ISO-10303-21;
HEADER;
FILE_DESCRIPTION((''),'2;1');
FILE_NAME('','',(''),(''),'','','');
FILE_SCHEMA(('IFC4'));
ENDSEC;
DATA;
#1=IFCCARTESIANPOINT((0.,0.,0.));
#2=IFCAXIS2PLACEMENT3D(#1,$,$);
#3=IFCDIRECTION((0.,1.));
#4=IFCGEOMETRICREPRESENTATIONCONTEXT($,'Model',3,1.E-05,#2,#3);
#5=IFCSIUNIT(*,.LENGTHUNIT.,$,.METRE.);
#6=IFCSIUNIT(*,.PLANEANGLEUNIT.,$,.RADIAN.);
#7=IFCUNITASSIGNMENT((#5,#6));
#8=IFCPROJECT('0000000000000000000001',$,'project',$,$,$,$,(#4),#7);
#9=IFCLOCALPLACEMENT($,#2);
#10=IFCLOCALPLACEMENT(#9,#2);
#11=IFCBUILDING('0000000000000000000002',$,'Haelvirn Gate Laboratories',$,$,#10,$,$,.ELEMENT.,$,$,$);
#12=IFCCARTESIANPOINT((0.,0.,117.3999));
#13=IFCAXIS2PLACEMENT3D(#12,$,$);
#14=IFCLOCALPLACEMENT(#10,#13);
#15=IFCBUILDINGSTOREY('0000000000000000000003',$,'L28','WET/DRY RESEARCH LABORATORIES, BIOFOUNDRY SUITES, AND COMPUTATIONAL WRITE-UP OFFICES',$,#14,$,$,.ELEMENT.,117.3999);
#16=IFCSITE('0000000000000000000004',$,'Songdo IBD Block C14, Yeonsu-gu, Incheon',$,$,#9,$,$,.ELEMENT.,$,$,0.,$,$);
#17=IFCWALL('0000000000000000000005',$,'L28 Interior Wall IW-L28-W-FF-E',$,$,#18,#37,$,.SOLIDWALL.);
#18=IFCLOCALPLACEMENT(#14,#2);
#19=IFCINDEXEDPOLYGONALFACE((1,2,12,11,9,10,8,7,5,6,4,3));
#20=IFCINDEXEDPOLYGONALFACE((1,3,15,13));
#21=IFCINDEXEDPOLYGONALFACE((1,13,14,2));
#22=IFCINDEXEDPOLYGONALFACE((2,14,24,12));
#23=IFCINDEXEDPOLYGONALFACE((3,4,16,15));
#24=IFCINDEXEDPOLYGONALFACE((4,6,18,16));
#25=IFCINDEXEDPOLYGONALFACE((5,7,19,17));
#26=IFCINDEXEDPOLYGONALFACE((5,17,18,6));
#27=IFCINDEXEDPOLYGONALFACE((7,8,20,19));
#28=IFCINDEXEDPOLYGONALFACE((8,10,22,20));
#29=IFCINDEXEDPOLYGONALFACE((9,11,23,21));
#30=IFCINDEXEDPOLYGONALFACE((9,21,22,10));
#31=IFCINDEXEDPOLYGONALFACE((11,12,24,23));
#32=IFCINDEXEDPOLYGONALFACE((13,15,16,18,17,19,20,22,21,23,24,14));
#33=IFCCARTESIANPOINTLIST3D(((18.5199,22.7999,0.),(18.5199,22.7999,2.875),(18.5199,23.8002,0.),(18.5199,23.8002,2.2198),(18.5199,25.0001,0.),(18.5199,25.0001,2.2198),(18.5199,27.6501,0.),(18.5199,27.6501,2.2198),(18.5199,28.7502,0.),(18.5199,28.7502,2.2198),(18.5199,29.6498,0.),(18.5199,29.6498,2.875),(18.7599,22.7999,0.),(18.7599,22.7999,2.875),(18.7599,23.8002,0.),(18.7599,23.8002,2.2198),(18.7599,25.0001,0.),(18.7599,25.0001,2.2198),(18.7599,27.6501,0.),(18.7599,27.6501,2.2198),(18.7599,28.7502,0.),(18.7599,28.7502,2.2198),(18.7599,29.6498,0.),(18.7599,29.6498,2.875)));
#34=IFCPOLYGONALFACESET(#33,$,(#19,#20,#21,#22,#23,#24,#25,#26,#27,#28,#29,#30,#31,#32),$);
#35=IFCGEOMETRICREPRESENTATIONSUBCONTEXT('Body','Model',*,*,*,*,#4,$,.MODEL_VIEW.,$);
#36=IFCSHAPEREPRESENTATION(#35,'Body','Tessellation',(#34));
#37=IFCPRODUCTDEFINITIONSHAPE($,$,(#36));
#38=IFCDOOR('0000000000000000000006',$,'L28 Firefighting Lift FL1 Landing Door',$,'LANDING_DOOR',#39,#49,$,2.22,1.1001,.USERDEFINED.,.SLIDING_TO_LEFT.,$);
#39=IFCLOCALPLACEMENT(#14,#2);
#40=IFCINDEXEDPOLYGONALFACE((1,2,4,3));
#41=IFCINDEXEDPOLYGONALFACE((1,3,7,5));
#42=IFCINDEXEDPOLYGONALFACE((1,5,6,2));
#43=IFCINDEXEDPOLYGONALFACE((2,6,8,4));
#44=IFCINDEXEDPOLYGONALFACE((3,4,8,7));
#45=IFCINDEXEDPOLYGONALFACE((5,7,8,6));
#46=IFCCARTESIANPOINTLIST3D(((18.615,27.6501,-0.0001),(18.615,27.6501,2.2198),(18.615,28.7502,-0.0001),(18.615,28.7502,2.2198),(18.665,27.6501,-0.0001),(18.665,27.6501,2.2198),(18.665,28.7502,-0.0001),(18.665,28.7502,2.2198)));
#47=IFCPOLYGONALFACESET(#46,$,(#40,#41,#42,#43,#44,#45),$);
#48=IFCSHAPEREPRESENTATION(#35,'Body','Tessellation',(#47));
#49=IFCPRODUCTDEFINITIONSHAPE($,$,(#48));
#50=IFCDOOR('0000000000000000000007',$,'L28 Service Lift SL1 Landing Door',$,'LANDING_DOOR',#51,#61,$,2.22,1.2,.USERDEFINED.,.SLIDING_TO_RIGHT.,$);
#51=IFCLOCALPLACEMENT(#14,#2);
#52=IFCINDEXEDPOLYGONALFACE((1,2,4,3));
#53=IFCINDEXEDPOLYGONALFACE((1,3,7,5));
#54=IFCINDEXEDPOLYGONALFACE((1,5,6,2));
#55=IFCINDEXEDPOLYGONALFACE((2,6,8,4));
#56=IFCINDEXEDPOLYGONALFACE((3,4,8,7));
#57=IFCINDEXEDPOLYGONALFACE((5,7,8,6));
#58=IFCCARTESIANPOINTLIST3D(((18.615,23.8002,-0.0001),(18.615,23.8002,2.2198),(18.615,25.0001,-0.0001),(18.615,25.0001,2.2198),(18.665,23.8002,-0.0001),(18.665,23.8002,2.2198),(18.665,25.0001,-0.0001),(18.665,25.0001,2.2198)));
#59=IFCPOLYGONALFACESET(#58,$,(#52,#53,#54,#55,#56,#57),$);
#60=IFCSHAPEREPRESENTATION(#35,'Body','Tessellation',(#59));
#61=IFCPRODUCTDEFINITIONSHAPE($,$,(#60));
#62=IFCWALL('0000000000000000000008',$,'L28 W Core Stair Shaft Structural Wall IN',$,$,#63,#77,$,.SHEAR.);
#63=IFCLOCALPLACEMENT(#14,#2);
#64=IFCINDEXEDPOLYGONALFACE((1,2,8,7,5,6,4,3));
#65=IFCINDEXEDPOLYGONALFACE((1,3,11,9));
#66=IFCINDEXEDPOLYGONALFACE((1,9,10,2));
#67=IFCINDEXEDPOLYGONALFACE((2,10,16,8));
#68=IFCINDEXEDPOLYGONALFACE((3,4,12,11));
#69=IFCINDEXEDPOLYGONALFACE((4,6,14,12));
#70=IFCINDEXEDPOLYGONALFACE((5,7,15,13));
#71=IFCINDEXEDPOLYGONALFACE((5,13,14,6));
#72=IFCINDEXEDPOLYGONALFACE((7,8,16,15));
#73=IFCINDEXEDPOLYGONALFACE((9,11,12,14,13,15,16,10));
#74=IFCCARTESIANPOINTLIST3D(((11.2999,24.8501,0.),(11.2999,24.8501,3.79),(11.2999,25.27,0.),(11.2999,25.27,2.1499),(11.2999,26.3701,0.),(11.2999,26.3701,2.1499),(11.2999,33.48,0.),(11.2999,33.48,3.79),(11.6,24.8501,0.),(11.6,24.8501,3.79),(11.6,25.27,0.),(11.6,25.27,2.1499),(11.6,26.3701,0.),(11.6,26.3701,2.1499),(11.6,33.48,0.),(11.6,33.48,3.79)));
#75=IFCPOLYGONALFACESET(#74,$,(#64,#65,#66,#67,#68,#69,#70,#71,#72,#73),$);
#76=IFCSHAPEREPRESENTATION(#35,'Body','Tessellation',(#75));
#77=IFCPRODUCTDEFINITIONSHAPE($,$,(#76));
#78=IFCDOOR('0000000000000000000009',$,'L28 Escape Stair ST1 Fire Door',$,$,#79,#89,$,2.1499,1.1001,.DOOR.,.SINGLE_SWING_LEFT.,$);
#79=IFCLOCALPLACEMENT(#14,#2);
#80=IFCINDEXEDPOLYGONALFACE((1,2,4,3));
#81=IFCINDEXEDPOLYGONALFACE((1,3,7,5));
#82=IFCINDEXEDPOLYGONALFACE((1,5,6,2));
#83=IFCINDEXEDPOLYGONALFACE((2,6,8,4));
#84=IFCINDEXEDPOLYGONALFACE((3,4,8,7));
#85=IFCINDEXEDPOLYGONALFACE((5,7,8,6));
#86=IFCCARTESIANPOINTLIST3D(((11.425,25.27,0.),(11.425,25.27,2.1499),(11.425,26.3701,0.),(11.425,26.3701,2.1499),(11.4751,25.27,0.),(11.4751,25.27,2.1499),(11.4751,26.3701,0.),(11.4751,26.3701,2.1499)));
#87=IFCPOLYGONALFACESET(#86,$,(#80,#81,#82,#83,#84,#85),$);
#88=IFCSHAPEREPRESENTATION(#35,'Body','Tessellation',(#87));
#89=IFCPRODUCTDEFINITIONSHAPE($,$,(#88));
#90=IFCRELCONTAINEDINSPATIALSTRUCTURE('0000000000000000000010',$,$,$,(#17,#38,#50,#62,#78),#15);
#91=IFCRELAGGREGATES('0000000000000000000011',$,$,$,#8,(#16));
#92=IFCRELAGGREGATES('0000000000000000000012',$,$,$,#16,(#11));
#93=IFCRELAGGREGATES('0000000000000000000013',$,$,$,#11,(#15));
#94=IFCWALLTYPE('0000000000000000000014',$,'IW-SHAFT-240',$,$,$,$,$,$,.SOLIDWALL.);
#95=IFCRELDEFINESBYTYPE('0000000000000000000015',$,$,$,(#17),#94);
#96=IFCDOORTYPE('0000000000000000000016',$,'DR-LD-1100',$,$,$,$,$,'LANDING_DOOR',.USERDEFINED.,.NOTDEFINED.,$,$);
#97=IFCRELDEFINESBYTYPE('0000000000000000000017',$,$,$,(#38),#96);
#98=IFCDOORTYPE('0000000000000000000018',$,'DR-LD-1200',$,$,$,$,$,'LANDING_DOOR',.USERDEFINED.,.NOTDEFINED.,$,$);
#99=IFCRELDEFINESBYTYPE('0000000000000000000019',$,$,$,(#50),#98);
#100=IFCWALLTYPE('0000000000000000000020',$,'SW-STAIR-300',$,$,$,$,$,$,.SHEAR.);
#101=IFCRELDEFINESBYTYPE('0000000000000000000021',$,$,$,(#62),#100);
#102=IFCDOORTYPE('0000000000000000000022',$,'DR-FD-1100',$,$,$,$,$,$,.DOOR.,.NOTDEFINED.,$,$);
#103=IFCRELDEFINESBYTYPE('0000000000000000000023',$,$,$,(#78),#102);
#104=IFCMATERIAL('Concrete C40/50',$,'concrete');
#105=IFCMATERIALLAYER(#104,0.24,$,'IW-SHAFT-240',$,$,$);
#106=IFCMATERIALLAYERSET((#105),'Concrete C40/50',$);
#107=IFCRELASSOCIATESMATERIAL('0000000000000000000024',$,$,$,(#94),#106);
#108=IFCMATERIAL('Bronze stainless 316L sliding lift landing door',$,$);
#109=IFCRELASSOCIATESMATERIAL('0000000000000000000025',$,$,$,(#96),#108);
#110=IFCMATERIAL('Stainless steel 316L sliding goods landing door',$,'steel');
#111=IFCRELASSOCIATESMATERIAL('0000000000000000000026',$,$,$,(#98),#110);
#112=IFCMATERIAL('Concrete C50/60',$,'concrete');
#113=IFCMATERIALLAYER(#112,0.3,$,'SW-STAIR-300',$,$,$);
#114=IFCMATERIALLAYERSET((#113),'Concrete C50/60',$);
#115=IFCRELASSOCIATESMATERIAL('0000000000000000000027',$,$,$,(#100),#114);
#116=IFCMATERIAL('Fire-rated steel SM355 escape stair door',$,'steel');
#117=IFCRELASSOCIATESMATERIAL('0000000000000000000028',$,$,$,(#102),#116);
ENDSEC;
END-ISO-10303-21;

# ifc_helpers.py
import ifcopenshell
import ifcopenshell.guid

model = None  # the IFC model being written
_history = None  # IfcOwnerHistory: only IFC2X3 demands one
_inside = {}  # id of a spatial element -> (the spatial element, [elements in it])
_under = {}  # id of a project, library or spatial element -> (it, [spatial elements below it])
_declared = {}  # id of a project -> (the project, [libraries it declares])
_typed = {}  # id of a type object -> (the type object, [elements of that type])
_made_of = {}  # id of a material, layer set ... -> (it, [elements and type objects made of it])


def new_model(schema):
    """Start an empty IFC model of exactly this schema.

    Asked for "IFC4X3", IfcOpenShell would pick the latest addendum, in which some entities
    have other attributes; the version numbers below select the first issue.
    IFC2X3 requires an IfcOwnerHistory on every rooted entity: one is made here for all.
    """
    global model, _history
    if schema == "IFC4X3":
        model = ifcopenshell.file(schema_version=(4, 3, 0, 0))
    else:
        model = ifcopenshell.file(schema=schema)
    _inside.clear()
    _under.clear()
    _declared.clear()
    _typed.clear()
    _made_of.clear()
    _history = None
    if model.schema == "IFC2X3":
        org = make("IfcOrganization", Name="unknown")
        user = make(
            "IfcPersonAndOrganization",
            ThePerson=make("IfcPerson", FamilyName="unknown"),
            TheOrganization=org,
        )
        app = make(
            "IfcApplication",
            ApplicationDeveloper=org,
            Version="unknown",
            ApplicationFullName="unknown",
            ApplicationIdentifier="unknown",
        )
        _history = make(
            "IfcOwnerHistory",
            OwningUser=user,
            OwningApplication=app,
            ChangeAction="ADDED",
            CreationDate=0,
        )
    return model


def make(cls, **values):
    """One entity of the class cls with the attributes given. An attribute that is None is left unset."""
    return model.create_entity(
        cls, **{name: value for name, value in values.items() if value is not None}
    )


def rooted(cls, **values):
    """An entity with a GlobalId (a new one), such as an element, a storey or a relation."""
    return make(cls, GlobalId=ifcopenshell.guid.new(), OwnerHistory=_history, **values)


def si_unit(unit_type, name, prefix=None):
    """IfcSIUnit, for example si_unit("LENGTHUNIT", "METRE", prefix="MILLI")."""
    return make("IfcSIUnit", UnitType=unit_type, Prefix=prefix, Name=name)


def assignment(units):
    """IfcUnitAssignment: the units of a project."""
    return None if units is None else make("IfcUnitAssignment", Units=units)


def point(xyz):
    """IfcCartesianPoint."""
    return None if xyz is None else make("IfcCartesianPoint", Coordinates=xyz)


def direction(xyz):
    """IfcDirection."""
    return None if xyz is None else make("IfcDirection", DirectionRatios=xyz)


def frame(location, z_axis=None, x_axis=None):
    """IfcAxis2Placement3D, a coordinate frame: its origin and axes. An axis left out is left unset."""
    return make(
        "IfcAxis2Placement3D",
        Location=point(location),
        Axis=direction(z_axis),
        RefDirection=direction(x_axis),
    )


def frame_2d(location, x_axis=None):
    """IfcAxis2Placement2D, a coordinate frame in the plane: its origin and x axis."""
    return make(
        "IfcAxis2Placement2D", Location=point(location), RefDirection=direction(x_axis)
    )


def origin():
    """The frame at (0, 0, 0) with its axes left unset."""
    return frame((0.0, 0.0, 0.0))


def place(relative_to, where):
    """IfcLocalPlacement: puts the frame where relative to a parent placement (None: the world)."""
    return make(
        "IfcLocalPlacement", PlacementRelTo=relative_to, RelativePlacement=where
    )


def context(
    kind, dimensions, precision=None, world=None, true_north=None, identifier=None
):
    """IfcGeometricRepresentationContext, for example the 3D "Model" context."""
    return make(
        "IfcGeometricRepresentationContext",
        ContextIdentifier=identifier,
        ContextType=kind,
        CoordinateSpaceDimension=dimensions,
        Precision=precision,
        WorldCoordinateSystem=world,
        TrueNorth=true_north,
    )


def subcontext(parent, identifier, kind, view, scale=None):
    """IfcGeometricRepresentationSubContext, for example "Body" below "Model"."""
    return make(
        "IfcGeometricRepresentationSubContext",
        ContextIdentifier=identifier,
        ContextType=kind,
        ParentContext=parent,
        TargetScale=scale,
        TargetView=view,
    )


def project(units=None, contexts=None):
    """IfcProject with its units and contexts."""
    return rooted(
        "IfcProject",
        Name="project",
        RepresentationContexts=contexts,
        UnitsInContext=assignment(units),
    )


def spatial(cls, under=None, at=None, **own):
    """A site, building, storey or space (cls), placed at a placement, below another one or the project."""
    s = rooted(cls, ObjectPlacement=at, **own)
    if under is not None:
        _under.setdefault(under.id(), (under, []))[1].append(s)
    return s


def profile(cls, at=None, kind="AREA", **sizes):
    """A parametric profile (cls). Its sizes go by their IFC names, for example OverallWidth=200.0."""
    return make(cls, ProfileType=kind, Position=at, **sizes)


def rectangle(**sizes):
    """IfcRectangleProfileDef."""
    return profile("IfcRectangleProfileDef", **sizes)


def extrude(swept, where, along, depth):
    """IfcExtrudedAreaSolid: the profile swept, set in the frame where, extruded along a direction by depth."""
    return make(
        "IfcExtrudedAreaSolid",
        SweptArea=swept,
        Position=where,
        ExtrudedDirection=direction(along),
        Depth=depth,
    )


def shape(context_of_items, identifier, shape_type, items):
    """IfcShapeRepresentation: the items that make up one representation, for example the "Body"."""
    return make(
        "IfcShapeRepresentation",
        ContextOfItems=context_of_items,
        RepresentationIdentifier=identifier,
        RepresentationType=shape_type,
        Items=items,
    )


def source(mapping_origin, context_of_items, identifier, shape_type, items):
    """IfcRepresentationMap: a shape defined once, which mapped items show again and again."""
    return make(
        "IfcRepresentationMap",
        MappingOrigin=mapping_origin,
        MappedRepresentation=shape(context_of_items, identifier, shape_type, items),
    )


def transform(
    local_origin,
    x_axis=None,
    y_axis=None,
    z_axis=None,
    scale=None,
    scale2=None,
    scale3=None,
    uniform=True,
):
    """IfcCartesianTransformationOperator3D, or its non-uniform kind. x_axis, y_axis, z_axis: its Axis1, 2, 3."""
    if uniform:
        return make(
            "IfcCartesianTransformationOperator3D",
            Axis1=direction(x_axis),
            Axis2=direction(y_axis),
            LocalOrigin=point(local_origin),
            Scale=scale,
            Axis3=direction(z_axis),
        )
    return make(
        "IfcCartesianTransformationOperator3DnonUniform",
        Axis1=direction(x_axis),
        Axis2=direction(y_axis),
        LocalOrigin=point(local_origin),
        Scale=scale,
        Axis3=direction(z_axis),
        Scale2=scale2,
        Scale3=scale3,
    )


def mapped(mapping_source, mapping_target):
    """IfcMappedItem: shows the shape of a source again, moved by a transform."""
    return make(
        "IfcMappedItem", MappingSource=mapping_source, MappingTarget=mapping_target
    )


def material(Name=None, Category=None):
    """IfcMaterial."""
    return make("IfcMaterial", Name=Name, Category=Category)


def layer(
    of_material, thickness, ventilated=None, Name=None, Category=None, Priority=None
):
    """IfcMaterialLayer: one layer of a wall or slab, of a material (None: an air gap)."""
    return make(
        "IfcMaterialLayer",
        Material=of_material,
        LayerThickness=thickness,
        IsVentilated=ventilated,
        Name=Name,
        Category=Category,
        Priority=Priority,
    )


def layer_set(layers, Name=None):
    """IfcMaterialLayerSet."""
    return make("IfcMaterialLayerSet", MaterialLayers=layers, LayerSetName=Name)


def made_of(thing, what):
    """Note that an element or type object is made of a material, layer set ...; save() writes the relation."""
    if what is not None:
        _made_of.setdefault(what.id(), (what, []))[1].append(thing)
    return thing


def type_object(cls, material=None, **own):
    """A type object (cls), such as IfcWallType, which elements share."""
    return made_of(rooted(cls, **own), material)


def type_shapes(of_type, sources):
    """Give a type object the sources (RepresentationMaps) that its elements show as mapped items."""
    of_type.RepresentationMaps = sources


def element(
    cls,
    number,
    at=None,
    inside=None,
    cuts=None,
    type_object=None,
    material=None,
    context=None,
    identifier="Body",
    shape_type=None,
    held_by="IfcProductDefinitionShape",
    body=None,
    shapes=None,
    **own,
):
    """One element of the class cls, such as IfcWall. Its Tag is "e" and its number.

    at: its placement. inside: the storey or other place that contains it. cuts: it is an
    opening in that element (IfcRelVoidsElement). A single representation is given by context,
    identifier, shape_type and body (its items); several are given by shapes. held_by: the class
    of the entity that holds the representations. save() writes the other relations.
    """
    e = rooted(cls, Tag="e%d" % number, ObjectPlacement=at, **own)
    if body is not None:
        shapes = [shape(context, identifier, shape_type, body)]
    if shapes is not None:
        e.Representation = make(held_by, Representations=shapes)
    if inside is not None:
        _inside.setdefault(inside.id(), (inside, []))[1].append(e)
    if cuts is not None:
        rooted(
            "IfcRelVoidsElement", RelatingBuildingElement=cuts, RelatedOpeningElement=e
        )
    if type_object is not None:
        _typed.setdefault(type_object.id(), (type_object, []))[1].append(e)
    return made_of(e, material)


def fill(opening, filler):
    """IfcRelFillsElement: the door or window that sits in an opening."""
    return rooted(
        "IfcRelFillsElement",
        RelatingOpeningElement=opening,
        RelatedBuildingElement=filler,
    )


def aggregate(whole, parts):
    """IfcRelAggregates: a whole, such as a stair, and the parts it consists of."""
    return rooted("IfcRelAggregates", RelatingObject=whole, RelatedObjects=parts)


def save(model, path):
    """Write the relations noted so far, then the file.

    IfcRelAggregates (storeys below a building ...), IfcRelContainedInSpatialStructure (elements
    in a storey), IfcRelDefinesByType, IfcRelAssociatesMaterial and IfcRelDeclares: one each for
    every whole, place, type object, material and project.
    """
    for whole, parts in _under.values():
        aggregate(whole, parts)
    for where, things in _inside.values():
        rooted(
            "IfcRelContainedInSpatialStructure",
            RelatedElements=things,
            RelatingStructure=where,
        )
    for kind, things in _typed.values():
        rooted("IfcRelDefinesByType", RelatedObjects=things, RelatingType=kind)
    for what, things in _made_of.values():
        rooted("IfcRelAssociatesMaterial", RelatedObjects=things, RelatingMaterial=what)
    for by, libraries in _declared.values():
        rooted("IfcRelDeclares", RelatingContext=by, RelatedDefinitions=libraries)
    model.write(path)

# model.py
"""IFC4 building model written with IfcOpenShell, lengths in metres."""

from ifc_helpers import new_model, si_unit, direction, frame, frame_2d, origin, place, context, subcontext, project, spatial, rectangle, extrude, source, transform, mapped, material, layer, layer_set, type_object, type_shapes, element, fill, save


model = new_model("IFC4")

# Units and contexts
model_context = context("Model", 3, precision=1e-05, world=origin(), true_north=direction((0.0, 1.0)))
body_context = subcontext(model_context, "Body", "Model", "MODEL_VIEW")
ifc_project = project(units=[si_unit("LENGTHUNIT", "METRE"), si_unit("PLANEANGLEUNIT", "RADIAN")], contexts=[model_context])

# Site, building, storey
site_placement = place(None, origin())
site = spatial("IfcSite", under=ifc_project, at=site_placement, Name="Songdo IBD Block C14, Yeonsu-gu, Incheon", CompositionType="ELEMENT", RefElevation=0.0)
building_placement = place(site_placement, origin())
building = spatial("IfcBuilding", under=site, at=building_placement, Name="Haelvirn Gate Laboratories", CompositionType="ELEMENT")
storey_placement = place(building_placement, frame((0.0, 0.0, 117.3999)))
storey = spatial("IfcBuildingStorey", under=building, at=storey_placement, Name="L28", Description="WET/DRY RESEARCH LABORATORIES, BIOFOUNDRY SUITES, AND COMPUTATIONAL WRITE-UP OFFICES", CompositionType="ELEMENT", Elevation=117.3999)

# Shared definitions
ifc_material_1 = material(Name="Concrete C40/50", Category="concrete")

# Shared definitions
ifc_layer_1 = layer(ifc_material_1, 0.24, Name="IW-SHAFT-240")
ifc_layer_set_1 = layer_set([ifc_layer_1], Name="Concrete C40/50")
wall_type_1 = type_object("IfcWallType", Name="IW-SHAFT-240", PredefinedType="SOLIDWALL", material=ifc_layer_set_1)

# Wall, openings, doors
wall_1_placement = place(storey_placement, frame((18.6399, 22.8, 0.0), z_axis=(0.0, 0.0, 1.0), x_axis=(0.0, 1.0, 0.0)))
wall_1 = element("IfcWall", 1, at=wall_1_placement, inside=storey, type_object=wall_type_1, Name="L28 Interior Wall IW-L28-W-FF-E", PredefinedType="SOLIDWALL", context=body_context, shape_type="SweptSolid", body=[
    extrude(rectangle(XDim=6.8499, YDim=0.24, at=frame_2d((3.4248, 0.0))), origin(), (0.0, 0.0, 1.0), 2.875),
])
opening_1_placement = place(wall_1_placement, frame((4.8501, 0.0, 0.0)))
opening_1 = element("IfcOpeningElement", 2, at=opening_1_placement, cuts=wall_1, PredefinedType="OPENING", context=body_context, shape_type="SweptSolid", body=[
    extrude(rectangle(XDim=1.1001, YDim=2.22, at=frame_2d((0.55, 1.1099))), frame((0.0, 0.1299, 0.0), z_axis=(0.0, -1.0, 0.0), x_axis=(1.0, 0.0, 0.0)), (0.0, 0.0, 1.0), 0.26),
])
opening_2_placement = place(wall_1_placement, frame((1.0, 0.0, 0.0)))
opening_2 = element("IfcOpeningElement", 3, at=opening_2_placement, cuts=wall_1, PredefinedType="OPENING", context=body_context, shape_type="SweptSolid", body=[
    extrude(rectangle(XDim=1.2, YDim=2.22, at=frame_2d((0.6001, 1.1099))), frame((0.0, 0.1299, 0.0), z_axis=(0.0, -1.0, 0.0), x_axis=(1.0, 0.0, 0.0)), (0.0, 0.0, 1.0), 0.26),
])
ifc_material_2 = material(Name="Bronze stainless 316L sliding lift landing door")
door_type_1 = type_object("IfcDoorType", Name="DR-LD-1100", ElementType="LANDING_DOOR", OperationType="NOTDEFINED", PredefinedType="USERDEFINED", material=ifc_material_2)
shared_shape_1 = source(origin(), body_context, "Body", "SweptSolid", [
    extrude(rectangle(XDim=1.1001, YDim=2.22, at=frame_2d((0.55, 1.1099))), frame((0.0, 0.0249, 0.0), z_axis=(0.0, -1.0, 0.0), x_axis=(1.0, 0.0, 0.0)), (0.0, 0.0, 1.0), 0.05),
])
type_shapes(door_type_1, [shared_shape_1])
door_1_placement = place(opening_1_placement, origin())
door_1 = element("IfcDoor", 4, at=door_1_placement, inside=storey, type_object=door_type_1, Name="L28 Firefighting Lift FL1 Landing Door", ObjectType="LANDING_DOOR", OperationType="SLIDING_TO_LEFT", OverallHeight=2.22, OverallWidth=1.1001, PredefinedType="USERDEFINED", context=body_context, shape_type="MappedRepresentation", body=[
    mapped(shared_shape_1, transform((0.0, 0.0, 0.0), scale=1.0)),
])
fill(opening_1, door_1)
ifc_material_3 = material(Name="Stainless steel 316L sliding goods landing door", Category="steel")
door_type_2 = type_object("IfcDoorType", Name="DR-LD-1200", ElementType="LANDING_DOOR", OperationType="NOTDEFINED", PredefinedType="USERDEFINED", material=ifc_material_3)
shared_shape_2 = source(origin(), body_context, "Body", "SweptSolid", [
    extrude(rectangle(XDim=1.2, YDim=2.22, at=frame_2d((0.6001, 1.1099))), frame((0.0, 0.0249, 0.0), z_axis=(0.0, -1.0, 0.0), x_axis=(1.0, 0.0, 0.0)), (0.0, 0.0, 1.0), 0.05),
])
type_shapes(door_type_2, [shared_shape_2])
door_2_placement = place(opening_2_placement, origin())
door_2 = element("IfcDoor", 5, at=door_2_placement, inside=storey, type_object=door_type_2, Name="L28 Service Lift SL1 Landing Door", ObjectType="LANDING_DOOR", OperationType="SLIDING_TO_RIGHT", OverallHeight=2.22, OverallWidth=1.2, PredefinedType="USERDEFINED", context=body_context, shape_type="MappedRepresentation", body=[
    mapped(shared_shape_2, transform((0.0, 0.0, 0.0), scale=1.0)),
])
fill(opening_2, door_2)

# Wall, opening, door
ifc_material_4 = material(Name="Concrete C50/60", Category="concrete")
ifc_layer_2 = layer(ifc_material_4, 0.3, Name="SW-STAIR-300")
ifc_layer_set_2 = layer_set([ifc_layer_2], Name="Concrete C50/60")
wall_type_2 = type_object("IfcWallType", Name="SW-STAIR-300", PredefinedType="SHEAR", material=ifc_layer_set_2)
wall_2_placement = place(storey_placement, frame((11.45, 24.8501, 0.0), z_axis=(0.0, 0.0, 1.0), x_axis=(0.0, 1.0, 0.0)))
wall_2 = element("IfcWall", 6, at=wall_2_placement, inside=storey, type_object=wall_type_2, Name="L28 W Core Stair Shaft Structural Wall IN", PredefinedType="SHEAR", context=body_context, shape_type="SweptSolid", body=[
    extrude(rectangle(XDim=8.6299, YDim=0.3, at=frame_2d((4.3149, 0.0))), origin(), (0.0, 0.0, 1.0), 3.79),
])
opening_3_placement = place(wall_2_placement, frame((0.4199, 0.0, 0.0)))
opening_3 = element("IfcOpeningElement", 7, at=opening_3_placement, cuts=wall_2, PredefinedType="OPENING", context=body_context, shape_type="SweptSolid", body=[
    extrude(rectangle(XDim=1.1001, YDim=2.1499, at=frame_2d((0.55, 1.075))), frame((0.0, 0.1602, 0.0), z_axis=(0.0, -1.0, 0.0), x_axis=(1.0, 0.0, 0.0)), (0.0, 0.0, 1.0), 0.3201),
])
ifc_material_5 = material(Name="Fire-rated steel SM355 escape stair door", Category="steel")
door_type_3 = type_object("IfcDoorType", Name="DR-FD-1100", OperationType="NOTDEFINED", PredefinedType="DOOR", material=ifc_material_5)
shared_shape_3 = source(origin(), body_context, "Body", "SweptSolid", [
    extrude(rectangle(XDim=1.1001, YDim=2.1499, at=frame_2d((0.55, 1.075))), frame((0.0, 0.0249, 0.0), z_axis=(0.0, -1.0, 0.0), x_axis=(1.0, 0.0, 0.0)), (0.0, 0.0, 1.0), 0.05),
])
type_shapes(door_type_3, [shared_shape_3])
door_3_placement = place(opening_3_placement, origin())
door_3 = element("IfcDoor", 8, at=door_3_placement, inside=storey, type_object=door_type_3, Name="L28 Escape Stair ST1 Fire Door", OperationType="SINGLE_SWING_LEFT", OverallHeight=2.1499, OverallWidth=1.1001, PredefinedType="DOOR", context=body_context, shape_type="MappedRepresentation", body=[
    mapped(shared_shape_3, transform((0.0, 0.0, 0.0), scale=1.0)),
])
fill(opening_3, door_3)

save(model, "model.ifc")
